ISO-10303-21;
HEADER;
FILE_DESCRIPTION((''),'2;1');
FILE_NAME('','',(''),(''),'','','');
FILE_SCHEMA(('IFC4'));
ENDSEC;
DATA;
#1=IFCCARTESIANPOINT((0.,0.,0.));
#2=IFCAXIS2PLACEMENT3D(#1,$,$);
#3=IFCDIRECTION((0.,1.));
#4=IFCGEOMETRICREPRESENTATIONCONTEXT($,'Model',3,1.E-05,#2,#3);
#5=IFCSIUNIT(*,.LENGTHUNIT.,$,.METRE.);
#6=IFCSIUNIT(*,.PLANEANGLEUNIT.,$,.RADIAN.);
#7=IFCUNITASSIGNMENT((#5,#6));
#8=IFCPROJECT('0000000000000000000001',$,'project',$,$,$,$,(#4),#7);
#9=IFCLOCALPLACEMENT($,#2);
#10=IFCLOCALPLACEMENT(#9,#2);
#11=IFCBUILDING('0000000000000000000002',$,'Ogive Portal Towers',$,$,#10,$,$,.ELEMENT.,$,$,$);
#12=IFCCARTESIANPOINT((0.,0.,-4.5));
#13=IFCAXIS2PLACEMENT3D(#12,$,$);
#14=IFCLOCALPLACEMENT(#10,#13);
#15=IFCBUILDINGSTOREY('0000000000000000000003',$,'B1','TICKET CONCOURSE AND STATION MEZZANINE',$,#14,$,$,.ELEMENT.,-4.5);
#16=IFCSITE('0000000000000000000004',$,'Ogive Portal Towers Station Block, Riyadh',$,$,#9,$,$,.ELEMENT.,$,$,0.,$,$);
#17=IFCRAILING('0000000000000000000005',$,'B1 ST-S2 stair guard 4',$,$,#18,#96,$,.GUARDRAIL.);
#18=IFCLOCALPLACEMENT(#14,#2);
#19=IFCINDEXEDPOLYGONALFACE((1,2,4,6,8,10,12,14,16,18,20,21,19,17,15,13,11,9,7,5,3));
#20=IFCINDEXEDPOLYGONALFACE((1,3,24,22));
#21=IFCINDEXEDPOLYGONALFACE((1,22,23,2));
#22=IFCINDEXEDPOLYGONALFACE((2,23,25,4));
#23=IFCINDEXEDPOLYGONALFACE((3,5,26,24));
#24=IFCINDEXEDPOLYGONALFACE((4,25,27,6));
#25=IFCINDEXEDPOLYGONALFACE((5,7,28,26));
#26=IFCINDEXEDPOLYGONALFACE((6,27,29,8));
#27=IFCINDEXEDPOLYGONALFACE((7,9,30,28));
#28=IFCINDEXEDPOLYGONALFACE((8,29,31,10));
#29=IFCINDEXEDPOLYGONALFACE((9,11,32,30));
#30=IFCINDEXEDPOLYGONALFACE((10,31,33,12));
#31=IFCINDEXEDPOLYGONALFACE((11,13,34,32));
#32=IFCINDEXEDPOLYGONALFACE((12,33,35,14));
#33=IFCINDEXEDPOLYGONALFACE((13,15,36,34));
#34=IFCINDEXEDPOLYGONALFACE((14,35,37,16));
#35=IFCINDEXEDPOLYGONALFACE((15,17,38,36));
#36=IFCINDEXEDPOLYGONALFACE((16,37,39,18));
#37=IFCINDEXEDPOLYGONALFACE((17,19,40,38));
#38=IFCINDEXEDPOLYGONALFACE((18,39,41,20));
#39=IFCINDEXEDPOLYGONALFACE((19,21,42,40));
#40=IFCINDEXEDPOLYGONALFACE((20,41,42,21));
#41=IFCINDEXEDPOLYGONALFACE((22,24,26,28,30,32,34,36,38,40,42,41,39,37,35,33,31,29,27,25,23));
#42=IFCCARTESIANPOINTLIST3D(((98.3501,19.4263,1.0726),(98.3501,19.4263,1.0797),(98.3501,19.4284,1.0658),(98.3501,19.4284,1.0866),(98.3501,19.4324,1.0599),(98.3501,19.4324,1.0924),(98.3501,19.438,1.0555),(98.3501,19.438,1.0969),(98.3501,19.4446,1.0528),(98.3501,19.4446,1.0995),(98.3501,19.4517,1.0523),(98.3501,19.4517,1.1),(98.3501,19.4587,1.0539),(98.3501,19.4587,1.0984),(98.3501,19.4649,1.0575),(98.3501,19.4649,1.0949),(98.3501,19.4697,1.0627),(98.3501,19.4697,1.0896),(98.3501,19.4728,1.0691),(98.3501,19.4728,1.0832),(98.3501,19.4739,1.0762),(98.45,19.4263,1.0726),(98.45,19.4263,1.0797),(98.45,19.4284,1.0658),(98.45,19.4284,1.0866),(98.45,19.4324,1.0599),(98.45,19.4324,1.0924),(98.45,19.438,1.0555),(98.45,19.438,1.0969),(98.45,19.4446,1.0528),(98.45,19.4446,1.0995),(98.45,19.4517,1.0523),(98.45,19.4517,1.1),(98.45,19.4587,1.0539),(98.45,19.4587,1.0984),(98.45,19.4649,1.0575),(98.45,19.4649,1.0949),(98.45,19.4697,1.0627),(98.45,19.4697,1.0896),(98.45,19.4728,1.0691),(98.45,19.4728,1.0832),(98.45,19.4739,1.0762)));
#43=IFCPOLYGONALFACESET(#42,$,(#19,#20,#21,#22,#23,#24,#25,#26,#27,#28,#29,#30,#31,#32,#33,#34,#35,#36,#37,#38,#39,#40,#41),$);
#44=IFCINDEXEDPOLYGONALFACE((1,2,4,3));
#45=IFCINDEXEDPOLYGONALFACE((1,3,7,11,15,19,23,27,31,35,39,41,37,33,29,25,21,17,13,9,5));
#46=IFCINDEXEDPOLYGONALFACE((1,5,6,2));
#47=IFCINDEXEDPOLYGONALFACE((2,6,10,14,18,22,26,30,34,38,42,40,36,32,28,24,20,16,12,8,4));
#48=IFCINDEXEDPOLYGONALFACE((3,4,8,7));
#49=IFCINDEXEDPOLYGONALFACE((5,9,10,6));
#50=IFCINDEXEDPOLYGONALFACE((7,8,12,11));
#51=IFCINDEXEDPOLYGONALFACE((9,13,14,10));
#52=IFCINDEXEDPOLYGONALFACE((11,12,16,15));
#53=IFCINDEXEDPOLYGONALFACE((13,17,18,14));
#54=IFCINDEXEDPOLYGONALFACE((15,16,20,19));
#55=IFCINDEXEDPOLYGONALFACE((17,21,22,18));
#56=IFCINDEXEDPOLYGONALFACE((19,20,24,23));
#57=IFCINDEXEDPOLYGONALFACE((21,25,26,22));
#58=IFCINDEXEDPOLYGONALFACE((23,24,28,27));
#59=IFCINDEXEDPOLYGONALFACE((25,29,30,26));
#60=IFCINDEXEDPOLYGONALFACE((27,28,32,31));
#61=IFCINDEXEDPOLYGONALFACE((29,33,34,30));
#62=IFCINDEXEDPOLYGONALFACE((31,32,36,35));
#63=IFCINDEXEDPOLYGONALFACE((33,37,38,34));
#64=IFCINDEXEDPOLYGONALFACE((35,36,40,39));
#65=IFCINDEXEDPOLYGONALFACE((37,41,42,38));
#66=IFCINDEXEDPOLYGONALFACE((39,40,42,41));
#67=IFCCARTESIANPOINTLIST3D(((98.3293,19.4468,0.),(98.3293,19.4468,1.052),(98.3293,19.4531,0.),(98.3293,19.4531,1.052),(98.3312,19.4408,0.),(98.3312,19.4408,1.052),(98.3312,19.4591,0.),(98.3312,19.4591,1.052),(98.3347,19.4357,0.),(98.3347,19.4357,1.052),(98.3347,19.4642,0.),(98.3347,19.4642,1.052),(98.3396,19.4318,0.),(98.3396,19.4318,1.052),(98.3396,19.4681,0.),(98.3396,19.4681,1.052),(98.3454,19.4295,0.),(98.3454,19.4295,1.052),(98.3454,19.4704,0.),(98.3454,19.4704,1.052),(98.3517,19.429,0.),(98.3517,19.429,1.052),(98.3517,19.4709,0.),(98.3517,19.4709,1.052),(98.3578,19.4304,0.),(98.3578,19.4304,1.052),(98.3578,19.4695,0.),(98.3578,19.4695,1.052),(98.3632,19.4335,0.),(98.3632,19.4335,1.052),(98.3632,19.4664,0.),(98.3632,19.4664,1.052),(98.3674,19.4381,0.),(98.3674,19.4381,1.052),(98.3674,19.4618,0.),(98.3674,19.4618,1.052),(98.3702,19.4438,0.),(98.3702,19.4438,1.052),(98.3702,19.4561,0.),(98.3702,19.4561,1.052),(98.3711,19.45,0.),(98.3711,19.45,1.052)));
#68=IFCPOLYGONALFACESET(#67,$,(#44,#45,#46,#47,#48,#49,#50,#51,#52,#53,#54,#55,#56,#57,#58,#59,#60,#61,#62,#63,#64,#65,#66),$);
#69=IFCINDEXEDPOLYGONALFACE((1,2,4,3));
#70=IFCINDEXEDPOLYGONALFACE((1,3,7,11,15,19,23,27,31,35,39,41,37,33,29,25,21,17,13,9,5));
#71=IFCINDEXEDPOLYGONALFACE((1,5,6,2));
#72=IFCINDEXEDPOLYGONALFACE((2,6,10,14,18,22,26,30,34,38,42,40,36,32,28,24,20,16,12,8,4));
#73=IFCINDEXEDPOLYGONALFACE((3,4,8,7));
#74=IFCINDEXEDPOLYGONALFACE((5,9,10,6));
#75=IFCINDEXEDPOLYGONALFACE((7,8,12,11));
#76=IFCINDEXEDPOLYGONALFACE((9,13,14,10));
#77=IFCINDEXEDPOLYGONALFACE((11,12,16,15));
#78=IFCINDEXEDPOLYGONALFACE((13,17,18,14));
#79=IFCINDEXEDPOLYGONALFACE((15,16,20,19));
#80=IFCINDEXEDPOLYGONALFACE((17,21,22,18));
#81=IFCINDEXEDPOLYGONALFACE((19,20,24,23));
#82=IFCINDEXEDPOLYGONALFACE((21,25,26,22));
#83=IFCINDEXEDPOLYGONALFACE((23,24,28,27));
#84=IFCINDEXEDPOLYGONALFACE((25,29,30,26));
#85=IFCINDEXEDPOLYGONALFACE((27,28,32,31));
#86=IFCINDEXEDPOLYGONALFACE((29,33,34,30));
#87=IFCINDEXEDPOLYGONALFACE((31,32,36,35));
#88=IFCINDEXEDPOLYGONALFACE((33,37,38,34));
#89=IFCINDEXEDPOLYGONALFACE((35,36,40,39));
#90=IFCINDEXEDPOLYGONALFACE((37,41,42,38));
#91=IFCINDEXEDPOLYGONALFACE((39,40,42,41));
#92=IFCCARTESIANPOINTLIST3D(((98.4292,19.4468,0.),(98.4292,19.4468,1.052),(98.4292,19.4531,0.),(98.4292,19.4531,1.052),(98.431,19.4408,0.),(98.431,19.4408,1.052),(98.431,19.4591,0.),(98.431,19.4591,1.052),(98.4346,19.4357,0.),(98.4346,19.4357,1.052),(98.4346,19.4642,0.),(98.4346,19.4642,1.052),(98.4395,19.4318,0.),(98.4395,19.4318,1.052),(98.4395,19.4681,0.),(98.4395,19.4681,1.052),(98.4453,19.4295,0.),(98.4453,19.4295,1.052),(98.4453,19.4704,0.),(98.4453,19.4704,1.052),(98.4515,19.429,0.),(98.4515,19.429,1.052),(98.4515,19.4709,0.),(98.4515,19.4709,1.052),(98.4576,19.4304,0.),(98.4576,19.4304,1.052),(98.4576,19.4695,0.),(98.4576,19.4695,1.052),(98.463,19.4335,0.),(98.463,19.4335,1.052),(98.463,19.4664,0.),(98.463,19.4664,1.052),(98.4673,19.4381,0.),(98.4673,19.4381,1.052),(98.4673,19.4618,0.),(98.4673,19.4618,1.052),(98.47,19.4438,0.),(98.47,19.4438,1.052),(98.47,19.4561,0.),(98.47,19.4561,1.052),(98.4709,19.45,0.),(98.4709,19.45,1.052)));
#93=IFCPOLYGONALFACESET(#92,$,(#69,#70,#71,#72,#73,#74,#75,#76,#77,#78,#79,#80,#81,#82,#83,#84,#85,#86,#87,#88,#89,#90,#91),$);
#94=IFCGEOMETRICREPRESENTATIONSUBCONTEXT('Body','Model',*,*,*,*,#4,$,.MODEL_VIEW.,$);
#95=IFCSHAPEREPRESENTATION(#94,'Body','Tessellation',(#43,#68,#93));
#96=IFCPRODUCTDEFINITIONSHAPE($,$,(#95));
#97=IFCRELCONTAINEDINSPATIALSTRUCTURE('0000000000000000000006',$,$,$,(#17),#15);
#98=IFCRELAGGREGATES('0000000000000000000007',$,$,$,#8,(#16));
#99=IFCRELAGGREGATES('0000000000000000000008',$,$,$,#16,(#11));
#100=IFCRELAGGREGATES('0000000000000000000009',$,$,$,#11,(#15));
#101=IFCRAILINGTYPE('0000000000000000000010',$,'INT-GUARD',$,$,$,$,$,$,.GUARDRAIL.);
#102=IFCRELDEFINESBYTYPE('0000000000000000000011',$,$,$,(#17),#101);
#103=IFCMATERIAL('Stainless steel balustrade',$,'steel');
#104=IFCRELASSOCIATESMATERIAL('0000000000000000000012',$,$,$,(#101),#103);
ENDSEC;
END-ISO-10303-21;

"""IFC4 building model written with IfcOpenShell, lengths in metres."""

from ifc_helpers import new_model, si_unit, direction, frame, origin, origin_2d, place, context, subcontext, project, spatial, circle, extrude, material, type_object, element, save


model = new_model("IFC4")

# Units and contexts
model_context = context("Model", 3, precision=1e-05, world=origin(), true_north=direction((0.0, 1.0)))
body_context = subcontext(model_context, "Body", "Model", "MODEL_VIEW")
ifc_project = project(units=[si_unit("LENGTHUNIT", "METRE"), si_unit("PLANEANGLEUNIT", "RADIAN")], contexts=[model_context])

# Site, building, storey
site_placement = place(None, origin())
site = spatial("IfcSite", under=ifc_project, at=site_placement, Name="Ogive Portal Towers Station Block, Riyadh", CompositionType="ELEMENT", RefElevation=0.0)
building_placement = place(site_placement, origin())
building = spatial("IfcBuilding", under=site, at=building_placement, Name="Ogive Portal Towers", CompositionType="ELEMENT")
storey_placement = place(building_placement, frame((0.0, 0.0, -4.5)))
storey = spatial("IfcBuildingStorey", under=building, at=storey_placement, Name="B1", Description="TICKET CONCOURSE AND STATION MEZZANINE", CompositionType="ELEMENT", Elevation=-4.5)

# Railing
ifc_material_1 = material(Name="Stainless steel balustrade", Category="steel")
railing_type_1 = type_object("IfcRailingType", Name="INT-GUARD", PredefinedType="GUARDRAIL", material=ifc_material_1)
railing_1_placement = place(storey_placement, frame((98.3501, 19.45, 0.0)))
element("IfcRailing", 1, at=railing_1_placement, inside=storey, type_object=railing_type_1, Name="B1 ST-S2 stair guard 4", PredefinedType="GUARDRAIL", context=body_context, shape_type="SweptSolid", body=[
    extrude(circle(Radius=0.0239, at=origin_2d()), frame((0.0, 0.0, 1.0762), z_axis=(1.0, 0.0, 0.0), x_axis=(0.0, 1.0, 0.0)), (0.0, 0.0, 1.0), 0.0999),
    extrude(circle(Radius=0.021, at=origin_2d()), origin(), (0.0, 0.0, 1.0), 1.052),
    extrude(circle(Radius=0.021, at=origin_2d()), frame((0.0999, 0.0, 0.0)), (0.0, 0.0, 1.0), 1.052),
])

save(model, "model.ifc")
